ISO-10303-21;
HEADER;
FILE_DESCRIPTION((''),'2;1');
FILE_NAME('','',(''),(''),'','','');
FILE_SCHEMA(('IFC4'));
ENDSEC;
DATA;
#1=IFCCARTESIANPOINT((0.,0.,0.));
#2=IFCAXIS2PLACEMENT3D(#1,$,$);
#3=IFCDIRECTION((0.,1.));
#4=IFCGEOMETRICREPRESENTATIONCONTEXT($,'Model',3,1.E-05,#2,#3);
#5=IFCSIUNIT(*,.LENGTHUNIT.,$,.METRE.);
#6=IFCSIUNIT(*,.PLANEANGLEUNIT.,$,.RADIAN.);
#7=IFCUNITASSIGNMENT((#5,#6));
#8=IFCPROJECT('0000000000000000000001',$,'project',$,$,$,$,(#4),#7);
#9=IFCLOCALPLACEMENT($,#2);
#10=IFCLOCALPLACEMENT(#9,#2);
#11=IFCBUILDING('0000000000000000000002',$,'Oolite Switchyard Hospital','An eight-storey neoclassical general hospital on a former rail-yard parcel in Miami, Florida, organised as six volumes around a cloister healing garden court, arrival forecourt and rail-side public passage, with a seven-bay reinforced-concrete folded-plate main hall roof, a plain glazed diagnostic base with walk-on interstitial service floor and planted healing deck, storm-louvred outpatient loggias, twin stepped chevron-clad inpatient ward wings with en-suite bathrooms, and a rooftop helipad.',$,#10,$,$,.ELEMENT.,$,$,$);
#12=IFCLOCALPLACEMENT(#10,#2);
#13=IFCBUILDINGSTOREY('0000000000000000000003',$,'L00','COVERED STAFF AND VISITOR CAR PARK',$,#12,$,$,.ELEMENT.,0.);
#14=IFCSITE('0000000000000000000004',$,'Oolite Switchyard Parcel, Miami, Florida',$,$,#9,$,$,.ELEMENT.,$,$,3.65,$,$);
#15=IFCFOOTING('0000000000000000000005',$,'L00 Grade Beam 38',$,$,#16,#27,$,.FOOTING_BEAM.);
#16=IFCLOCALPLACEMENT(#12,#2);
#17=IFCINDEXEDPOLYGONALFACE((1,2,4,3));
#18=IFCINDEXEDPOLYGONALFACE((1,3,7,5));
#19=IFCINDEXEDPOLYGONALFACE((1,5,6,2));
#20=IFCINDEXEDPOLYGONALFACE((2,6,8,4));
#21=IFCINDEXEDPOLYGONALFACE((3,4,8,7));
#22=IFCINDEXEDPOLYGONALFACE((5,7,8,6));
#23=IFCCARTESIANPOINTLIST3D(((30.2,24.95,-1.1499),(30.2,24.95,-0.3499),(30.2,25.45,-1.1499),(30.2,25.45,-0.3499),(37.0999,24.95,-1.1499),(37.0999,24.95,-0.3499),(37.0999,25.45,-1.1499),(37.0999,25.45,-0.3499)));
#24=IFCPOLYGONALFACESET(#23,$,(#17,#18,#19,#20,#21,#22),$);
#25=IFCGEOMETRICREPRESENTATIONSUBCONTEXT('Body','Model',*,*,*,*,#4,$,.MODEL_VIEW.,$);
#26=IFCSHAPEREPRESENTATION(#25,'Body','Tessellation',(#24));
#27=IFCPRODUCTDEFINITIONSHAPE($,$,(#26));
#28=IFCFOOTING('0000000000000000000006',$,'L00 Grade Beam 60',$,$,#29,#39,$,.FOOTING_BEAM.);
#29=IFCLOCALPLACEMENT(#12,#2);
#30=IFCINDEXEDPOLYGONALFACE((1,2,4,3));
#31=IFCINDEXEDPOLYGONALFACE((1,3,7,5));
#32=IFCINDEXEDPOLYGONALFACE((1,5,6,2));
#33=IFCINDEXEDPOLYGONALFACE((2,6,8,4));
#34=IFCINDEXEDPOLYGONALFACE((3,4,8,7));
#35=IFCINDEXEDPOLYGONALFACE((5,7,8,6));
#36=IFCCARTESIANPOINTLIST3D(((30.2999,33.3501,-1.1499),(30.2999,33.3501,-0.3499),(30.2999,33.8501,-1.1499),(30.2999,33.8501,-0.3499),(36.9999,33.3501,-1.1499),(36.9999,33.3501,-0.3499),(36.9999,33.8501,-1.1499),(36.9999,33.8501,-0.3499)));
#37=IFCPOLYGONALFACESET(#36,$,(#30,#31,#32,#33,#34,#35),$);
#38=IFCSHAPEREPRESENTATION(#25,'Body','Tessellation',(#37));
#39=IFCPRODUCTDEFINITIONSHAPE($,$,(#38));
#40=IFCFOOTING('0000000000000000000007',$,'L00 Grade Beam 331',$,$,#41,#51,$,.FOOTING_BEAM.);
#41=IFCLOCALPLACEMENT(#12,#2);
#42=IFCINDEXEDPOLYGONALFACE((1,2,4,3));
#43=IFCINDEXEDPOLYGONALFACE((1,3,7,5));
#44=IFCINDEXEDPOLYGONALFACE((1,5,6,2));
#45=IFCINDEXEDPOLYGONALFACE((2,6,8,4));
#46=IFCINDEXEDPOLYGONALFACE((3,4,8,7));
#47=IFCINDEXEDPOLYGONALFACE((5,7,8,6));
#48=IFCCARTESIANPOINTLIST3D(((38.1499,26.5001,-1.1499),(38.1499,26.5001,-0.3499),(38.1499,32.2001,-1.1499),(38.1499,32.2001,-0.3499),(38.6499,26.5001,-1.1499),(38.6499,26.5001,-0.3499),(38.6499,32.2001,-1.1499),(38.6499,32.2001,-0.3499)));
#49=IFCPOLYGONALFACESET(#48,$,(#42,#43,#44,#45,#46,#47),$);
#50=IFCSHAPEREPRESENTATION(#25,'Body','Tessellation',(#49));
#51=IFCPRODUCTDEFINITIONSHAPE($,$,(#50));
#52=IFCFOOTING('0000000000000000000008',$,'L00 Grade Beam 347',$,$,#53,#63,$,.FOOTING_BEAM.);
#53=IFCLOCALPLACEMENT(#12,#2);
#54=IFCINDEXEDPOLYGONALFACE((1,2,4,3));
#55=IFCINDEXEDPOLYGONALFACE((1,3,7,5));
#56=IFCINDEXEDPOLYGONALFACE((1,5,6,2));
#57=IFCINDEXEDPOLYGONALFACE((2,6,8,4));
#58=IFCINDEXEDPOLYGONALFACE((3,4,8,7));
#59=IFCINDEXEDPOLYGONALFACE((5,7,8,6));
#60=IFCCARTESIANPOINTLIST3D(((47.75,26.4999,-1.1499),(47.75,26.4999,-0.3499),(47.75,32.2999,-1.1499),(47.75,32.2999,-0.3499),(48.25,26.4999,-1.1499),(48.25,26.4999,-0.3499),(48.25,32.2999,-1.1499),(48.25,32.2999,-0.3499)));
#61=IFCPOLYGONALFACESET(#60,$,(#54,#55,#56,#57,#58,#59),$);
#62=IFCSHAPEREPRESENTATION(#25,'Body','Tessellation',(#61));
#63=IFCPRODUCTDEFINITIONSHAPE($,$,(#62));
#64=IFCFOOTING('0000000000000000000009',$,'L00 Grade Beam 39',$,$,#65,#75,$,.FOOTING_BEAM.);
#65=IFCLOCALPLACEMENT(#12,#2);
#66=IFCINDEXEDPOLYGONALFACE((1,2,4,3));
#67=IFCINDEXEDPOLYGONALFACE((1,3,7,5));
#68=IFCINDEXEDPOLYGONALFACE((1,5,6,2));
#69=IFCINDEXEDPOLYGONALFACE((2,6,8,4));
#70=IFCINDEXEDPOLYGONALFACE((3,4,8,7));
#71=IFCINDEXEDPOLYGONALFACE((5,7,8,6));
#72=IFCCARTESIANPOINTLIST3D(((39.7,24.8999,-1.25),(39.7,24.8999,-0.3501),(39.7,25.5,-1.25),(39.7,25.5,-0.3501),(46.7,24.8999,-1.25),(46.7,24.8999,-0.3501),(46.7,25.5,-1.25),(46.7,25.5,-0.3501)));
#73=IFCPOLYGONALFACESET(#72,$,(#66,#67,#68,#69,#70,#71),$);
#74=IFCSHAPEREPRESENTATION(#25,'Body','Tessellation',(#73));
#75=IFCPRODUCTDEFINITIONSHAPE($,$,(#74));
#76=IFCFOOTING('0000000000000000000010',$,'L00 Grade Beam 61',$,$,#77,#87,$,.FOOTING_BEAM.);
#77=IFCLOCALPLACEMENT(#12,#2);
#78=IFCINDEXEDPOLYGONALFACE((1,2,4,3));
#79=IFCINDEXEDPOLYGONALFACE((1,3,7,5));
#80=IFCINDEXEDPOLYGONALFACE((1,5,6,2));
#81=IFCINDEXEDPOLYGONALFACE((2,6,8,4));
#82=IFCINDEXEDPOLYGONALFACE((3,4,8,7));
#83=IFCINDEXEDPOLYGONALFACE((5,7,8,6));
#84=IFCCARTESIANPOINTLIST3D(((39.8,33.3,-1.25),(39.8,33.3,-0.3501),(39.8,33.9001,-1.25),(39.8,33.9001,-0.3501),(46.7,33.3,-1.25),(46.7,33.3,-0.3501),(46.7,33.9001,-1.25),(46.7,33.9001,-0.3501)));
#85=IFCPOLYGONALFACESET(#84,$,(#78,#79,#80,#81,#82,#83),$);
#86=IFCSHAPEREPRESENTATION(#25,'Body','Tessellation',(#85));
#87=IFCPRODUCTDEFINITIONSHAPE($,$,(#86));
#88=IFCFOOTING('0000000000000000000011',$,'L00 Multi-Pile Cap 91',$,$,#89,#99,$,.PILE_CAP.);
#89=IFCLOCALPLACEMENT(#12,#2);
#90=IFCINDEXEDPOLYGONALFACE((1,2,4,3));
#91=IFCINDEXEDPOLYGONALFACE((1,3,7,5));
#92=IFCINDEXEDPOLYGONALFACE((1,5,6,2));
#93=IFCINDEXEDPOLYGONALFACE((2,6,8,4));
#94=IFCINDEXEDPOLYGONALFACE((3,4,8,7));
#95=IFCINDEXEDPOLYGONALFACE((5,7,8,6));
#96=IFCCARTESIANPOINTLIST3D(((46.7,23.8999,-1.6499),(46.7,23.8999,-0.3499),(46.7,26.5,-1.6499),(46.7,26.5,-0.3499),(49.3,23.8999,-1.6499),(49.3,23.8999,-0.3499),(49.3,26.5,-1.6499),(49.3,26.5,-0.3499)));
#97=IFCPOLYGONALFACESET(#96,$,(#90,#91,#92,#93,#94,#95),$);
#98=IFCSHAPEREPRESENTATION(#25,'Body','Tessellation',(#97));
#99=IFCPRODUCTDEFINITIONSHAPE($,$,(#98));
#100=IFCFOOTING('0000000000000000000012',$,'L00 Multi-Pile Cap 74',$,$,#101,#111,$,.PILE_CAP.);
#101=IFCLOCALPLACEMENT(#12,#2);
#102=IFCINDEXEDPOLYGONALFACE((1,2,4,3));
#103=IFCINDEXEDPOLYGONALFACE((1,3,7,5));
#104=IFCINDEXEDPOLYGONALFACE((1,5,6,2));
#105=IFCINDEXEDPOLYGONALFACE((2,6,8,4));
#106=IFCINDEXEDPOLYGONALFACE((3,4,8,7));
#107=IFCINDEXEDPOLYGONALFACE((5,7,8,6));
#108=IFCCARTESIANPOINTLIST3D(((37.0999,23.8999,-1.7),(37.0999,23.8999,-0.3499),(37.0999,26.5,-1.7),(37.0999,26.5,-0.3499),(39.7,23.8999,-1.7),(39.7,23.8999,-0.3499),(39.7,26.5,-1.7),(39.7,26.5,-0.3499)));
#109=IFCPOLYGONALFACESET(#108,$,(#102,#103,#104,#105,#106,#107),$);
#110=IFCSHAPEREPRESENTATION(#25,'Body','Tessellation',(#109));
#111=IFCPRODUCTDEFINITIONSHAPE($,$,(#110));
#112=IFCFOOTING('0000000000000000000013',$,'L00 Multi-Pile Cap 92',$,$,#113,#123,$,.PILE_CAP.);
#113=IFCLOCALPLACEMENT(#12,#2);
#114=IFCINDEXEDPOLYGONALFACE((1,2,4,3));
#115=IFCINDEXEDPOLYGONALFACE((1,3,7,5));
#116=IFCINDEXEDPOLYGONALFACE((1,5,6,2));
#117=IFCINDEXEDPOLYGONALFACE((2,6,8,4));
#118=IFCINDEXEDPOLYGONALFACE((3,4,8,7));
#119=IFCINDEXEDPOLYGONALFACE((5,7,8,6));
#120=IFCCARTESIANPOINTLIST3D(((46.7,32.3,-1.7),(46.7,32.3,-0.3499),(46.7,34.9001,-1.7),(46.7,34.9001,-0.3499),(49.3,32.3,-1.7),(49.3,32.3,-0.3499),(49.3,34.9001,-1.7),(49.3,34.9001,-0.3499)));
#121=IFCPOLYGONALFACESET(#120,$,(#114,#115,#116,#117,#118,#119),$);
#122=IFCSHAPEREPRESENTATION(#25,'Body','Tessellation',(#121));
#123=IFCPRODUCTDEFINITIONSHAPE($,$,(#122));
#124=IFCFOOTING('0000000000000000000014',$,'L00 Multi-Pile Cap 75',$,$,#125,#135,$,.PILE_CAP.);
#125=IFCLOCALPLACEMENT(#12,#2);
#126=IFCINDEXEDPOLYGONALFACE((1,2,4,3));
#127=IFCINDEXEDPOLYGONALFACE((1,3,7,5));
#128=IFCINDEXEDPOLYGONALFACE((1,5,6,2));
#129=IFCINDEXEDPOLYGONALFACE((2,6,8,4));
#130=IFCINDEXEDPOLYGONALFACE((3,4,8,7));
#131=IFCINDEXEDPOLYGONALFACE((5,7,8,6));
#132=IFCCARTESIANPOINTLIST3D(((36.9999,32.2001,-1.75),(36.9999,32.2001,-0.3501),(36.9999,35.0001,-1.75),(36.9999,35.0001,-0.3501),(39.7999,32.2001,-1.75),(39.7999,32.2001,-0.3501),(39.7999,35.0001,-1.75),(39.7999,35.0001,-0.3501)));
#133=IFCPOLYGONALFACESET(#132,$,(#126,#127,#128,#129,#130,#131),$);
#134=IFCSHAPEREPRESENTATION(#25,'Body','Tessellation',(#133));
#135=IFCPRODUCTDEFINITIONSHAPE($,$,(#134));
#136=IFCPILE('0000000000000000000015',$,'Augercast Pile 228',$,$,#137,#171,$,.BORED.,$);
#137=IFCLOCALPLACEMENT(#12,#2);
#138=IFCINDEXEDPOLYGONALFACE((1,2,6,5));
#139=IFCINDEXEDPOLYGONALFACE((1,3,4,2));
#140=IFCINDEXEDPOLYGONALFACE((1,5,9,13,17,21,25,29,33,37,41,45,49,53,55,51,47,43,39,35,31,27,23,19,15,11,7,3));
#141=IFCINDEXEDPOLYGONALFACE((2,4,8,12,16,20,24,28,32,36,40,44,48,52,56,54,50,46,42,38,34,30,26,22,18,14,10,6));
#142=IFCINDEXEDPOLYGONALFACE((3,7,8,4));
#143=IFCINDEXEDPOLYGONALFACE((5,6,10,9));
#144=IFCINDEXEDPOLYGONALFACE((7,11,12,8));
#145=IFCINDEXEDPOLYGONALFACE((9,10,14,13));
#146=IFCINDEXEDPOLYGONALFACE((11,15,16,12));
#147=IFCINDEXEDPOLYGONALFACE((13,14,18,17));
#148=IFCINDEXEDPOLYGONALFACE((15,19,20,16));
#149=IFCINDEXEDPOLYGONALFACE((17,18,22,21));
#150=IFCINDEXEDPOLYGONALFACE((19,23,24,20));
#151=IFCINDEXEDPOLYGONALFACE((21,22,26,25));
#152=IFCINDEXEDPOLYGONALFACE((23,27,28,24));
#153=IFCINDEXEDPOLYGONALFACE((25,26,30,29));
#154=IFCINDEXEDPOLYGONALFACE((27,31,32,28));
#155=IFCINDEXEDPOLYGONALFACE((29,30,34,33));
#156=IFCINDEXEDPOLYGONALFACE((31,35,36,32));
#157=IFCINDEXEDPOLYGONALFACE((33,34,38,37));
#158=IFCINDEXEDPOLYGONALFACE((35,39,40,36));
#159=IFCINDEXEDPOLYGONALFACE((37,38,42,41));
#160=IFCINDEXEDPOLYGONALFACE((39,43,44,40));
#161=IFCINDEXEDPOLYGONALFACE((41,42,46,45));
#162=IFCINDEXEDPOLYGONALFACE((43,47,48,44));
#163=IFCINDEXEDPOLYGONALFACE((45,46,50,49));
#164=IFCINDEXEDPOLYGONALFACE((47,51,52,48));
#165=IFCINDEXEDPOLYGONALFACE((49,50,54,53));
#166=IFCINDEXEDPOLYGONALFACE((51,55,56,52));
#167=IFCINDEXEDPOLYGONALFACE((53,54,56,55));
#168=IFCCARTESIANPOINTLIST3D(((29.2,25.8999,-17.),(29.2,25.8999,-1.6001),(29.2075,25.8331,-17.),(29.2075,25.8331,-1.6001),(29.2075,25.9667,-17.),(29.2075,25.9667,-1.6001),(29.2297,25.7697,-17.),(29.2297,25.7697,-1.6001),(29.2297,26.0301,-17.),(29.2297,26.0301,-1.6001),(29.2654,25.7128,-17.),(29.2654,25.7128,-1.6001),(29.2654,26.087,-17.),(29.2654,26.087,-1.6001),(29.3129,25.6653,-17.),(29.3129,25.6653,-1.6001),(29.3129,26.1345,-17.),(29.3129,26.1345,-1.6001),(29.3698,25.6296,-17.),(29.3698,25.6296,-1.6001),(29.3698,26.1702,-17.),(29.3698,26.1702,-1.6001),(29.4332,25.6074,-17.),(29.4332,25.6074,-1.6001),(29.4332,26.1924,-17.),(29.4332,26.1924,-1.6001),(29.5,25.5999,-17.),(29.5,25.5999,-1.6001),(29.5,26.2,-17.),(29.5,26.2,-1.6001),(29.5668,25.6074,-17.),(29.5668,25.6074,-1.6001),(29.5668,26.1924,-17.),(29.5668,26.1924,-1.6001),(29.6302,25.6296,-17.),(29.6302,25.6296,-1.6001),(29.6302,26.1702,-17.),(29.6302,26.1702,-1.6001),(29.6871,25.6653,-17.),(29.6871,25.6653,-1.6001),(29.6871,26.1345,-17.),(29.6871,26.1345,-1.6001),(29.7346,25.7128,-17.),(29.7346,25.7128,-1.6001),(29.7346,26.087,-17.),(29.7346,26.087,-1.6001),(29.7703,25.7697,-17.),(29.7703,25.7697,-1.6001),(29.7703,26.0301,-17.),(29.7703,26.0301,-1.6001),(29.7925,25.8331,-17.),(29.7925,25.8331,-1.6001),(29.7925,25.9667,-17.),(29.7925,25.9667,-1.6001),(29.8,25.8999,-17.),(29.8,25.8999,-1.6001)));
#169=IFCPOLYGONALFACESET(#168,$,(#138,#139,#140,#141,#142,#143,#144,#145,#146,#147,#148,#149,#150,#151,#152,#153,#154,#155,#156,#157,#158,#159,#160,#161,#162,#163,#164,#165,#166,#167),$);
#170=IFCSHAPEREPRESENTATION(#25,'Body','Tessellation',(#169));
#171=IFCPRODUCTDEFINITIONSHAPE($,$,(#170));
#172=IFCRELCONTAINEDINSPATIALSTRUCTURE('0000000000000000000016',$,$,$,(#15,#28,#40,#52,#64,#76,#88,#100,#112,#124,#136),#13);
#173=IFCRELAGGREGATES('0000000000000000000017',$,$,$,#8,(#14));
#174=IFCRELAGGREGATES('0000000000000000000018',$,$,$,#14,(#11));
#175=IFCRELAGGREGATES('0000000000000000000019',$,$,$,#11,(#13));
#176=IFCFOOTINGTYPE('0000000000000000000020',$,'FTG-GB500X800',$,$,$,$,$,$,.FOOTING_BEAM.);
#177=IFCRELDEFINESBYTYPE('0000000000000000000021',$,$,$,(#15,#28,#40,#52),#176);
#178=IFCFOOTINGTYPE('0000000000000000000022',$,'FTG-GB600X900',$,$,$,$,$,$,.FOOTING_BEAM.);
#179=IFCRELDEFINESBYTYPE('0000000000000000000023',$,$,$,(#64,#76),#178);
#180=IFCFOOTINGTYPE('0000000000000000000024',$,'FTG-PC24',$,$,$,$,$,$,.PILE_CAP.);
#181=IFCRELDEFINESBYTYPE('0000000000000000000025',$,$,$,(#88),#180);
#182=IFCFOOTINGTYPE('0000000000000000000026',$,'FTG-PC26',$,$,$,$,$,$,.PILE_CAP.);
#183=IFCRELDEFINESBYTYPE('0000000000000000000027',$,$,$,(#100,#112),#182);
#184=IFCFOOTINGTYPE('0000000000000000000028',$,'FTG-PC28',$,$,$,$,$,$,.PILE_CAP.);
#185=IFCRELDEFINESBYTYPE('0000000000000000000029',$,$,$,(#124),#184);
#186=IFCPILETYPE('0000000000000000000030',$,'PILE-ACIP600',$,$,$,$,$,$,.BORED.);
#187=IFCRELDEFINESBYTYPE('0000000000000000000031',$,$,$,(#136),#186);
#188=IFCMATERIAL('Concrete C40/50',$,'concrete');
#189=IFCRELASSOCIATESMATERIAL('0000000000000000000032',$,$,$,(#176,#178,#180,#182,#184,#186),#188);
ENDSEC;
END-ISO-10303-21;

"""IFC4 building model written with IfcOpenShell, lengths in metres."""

from ifc_helpers import new_model, si_unit, direction, frame, origin, origin_2d, place, context, subcontext, project, spatial, rectangle, circle, extrude, material, material_profile, profile_set, type_object, element, save


model = new_model("IFC4")

# Units and contexts
model_context = context("Model", 3, precision=1e-05, world=origin(), true_north=direction((0.0, 1.0)))
body_context = subcontext(model_context, "Body", "Model", "MODEL_VIEW")
ifc_project = project(units=[si_unit("LENGTHUNIT", "METRE"), si_unit("PLANEANGLEUNIT", "RADIAN")], contexts=[model_context])

# Site, building, storey
site_placement = place(None, origin())
site = spatial("IfcSite", under=ifc_project, at=site_placement, Name="Oolite Switchyard Parcel, Miami, Florida", CompositionType="ELEMENT", RefElevation=3.65)
building_placement = place(site_placement, origin())
building = spatial("IfcBuilding", under=site, at=building_placement, Name="Oolite Switchyard Hospital", Description="An eight-storey neoclassical general hospital on a former rail-yard parcel in Miami, Florida, organised as six volumes around a cloister healing garden court, arrival forecourt and rail-side public passage, with a seven-bay reinforced-concrete folded-plate main hall roof, a plain glazed diagnostic base with walk-on interstitial service floor and planted healing deck, storm-louvred outpatient loggias, twin stepped chevron-clad inpatient ward wings with en-suite bathrooms, and a rooftop helipad.", CompositionType="ELEMENT")
storey_placement = place(building_placement, origin())
storey = spatial("IfcBuildingStorey", under=building, at=storey_placement, Name="L00", Description="COVERED STAFF AND VISITOR CAR PARK", CompositionType="ELEMENT", Elevation=0.0)

# Footings
ifc_material_1 = material(Name="Concrete C40/50", Category="concrete")
footing_type_1 = type_object("IfcFootingType", Name="FTG-GB500X800", PredefinedType="FOOTING_BEAM", material=ifc_material_1)
footing_1_placement = place(storey_placement, frame((33.6499, 25.2, -1.1499), z_axis=(0.0, 0.0, 1.0), x_axis=(1.0, 0.0, 0.0)))
element("IfcFooting", 1, at=footing_1_placement, inside=storey, type_object=footing_type_1, Name="L00 Grade Beam 38", PredefinedType="FOOTING_BEAM", context=body_context, shape_type="SweptSolid", body=[
    extrude(rectangle(XDim=6.8999, YDim=0.5, at=origin_2d()), origin(), (0.0, 0.0, 1.0), 0.8),
])
footing_2_placement = place(storey_placement, frame((33.6499, 33.6001, -1.1499), z_axis=(0.0, 0.0, 1.0), x_axis=(1.0, 0.0, 0.0)))
element("IfcFooting", 2, at=footing_2_placement, inside=storey, type_object=footing_type_1, Name="L00 Grade Beam 60", PredefinedType="FOOTING_BEAM", context=body_context, shape_type="SweptSolid", body=[
    extrude(rectangle(XDim=6.7, YDim=0.5, at=origin_2d()), origin(), (0.0, 0.0, 1.0), 0.8),
])
footing_3_placement = place(storey_placement, frame((38.3999, 29.3501, -1.1499), z_axis=(0.0, 0.0, 1.0), x_axis=(0.0, 1.0, 0.0)))
element("IfcFooting", 3, at=footing_3_placement, inside=storey, type_object=footing_type_1, Name="L00 Grade Beam 331", PredefinedType="FOOTING_BEAM", context=body_context, shape_type="SweptSolid", body=[
    extrude(rectangle(XDim=5.7, YDim=0.5, at=origin_2d()), origin(), (0.0, 0.0, 1.0), 0.8),
])
footing_4_placement = place(storey_placement, frame((48.0, 29.3999, -1.1499), z_axis=(0.0, 0.0, 1.0), x_axis=(0.0, 1.0, 0.0)))
element("IfcFooting", 4, at=footing_4_placement, inside=storey, type_object=footing_type_1, Name="L00 Grade Beam 347", PredefinedType="FOOTING_BEAM", context=body_context, shape_type="SweptSolid", body=[
    extrude(rectangle(XDim=5.8, YDim=0.5, at=origin_2d()), origin(), (0.0, 0.0, 1.0), 0.8),
])
footing_type_2 = type_object("IfcFootingType", Name="FTG-GB600X900", PredefinedType="FOOTING_BEAM", material=ifc_material_1)
footing_5_placement = place(storey_placement, frame((43.2, 25.2, -1.25), z_axis=(0.0, 0.0, 1.0), x_axis=(1.0, 0.0, 0.0)))
element("IfcFooting", 5, at=footing_5_placement, inside=storey, type_object=footing_type_2, Name="L00 Grade Beam 39", PredefinedType="FOOTING_BEAM", context=body_context, shape_type="SweptSolid", body=[
    extrude(rectangle(XDim=7.0, YDim=0.6001, at=origin_2d()), origin(), (0.0, 0.0, 1.0), 0.8999),
])
footing_6_placement = place(storey_placement, frame((43.25, 33.6001, -1.25), z_axis=(0.0, 0.0, 1.0), x_axis=(1.0, 0.0, 0.0)))
element("IfcFooting", 6, at=footing_6_placement, inside=storey, type_object=footing_type_2, Name="L00 Grade Beam 61", PredefinedType="FOOTING_BEAM", context=body_context, shape_type="SweptSolid", body=[
    extrude(rectangle(XDim=6.8999, YDim=0.6001, at=origin_2d()), origin(), (0.0, 0.0, 1.0), 0.8999),
])
footing_type_3 = type_object("IfcFootingType", Name="FTG-PC24", PredefinedType="PILE_CAP", material=ifc_material_1)
footing_7_placement = place(storey_placement, frame((48.0, 25.2, -1.6499), z_axis=(0.0, 0.0, 1.0), x_axis=(1.0, 0.0, 0.0)))
element("IfcFooting", 7, at=footing_7_placement, inside=storey, type_object=footing_type_3, Name="L00 Multi-Pile Cap 91", PredefinedType="PILE_CAP", context=body_context, shape_type="SweptSolid", body=[
    extrude(rectangle(XDim=2.6001, YDim=2.6001, at=origin_2d()), origin(), (0.0, 0.0, 1.0), 1.3),
])
footing_type_4 = type_object("IfcFootingType", Name="FTG-PC26", PredefinedType="PILE_CAP", material=ifc_material_1)
for number, where, z_axis, x_axis, name in (
    (8, (38.3999, 25.2, -1.7), (0.0, 0.0, 1.0), (1.0, 0.0, 0.0), "L00 Multi-Pile Cap 74"),
    (9, (48.0, 33.6001, -1.7), (0.0, 0.0, 1.0), (1.0, 0.0, 0.0), "L00 Multi-Pile Cap 92"),
):
    element("IfcFooting", number, at=place(storey_placement, frame(where, z_axis=z_axis, x_axis=x_axis)), inside=storey, type_object=footing_type_4, Name=name, PredefinedType="PILE_CAP", context=body_context, shape_type="SweptSolid", body=[
        extrude(rectangle(XDim=2.6001, YDim=2.6001, at=origin_2d()), origin(), (0.0, 0.0, 1.0), 1.3501),
    ])
footing_type_5 = type_object("IfcFootingType", Name="FTG-PC28", PredefinedType="PILE_CAP", material=ifc_material_1)
footing_8_placement = place(storey_placement, frame((38.3999, 33.6001, -1.75), z_axis=(0.0, 0.0, 1.0), x_axis=(1.0, 0.0, 0.0)))
element("IfcFooting", 10, at=footing_8_placement, inside=storey, type_object=footing_type_5, Name="L00 Multi-Pile Cap 75", PredefinedType="PILE_CAP", context=body_context, shape_type="SweptSolid", body=[
    extrude(rectangle(XDim=2.8, YDim=2.8, at=origin_2d()), origin(), (0.0, 0.0, 1.0), 1.3999),
])

# Pile
ifc_material_profile_1 = material_profile(ifc_material_1, circle(Radius=0.3, at=origin_2d()), Name="PILE600")
ifc_profile_set_1 = profile_set([ifc_material_profile_1], Name="Concrete C40/50")
pile_type = type_object("IfcPileType", Name="PILE-ACIP600", PredefinedType="BORED", material=ifc_profile_set_1)
pile_1_placement = place(storey_placement, frame((29.5, 25.8999, -1.6001), z_axis=(0.0, 0.0, -1.0), x_axis=(1.0, 0.0, 0.0)))
element("IfcPile", 11, at=pile_1_placement, inside=storey, type_object=pile_type, Name="Augercast Pile 228", PredefinedType="BORED", context=body_context, shape_type="SweptSolid", body=[
    extrude(circle(Radius=0.3, at=origin_2d()), origin(), (0.0, 0.0, 1.0), 15.3999),
])

save(model, "model.ifc")
